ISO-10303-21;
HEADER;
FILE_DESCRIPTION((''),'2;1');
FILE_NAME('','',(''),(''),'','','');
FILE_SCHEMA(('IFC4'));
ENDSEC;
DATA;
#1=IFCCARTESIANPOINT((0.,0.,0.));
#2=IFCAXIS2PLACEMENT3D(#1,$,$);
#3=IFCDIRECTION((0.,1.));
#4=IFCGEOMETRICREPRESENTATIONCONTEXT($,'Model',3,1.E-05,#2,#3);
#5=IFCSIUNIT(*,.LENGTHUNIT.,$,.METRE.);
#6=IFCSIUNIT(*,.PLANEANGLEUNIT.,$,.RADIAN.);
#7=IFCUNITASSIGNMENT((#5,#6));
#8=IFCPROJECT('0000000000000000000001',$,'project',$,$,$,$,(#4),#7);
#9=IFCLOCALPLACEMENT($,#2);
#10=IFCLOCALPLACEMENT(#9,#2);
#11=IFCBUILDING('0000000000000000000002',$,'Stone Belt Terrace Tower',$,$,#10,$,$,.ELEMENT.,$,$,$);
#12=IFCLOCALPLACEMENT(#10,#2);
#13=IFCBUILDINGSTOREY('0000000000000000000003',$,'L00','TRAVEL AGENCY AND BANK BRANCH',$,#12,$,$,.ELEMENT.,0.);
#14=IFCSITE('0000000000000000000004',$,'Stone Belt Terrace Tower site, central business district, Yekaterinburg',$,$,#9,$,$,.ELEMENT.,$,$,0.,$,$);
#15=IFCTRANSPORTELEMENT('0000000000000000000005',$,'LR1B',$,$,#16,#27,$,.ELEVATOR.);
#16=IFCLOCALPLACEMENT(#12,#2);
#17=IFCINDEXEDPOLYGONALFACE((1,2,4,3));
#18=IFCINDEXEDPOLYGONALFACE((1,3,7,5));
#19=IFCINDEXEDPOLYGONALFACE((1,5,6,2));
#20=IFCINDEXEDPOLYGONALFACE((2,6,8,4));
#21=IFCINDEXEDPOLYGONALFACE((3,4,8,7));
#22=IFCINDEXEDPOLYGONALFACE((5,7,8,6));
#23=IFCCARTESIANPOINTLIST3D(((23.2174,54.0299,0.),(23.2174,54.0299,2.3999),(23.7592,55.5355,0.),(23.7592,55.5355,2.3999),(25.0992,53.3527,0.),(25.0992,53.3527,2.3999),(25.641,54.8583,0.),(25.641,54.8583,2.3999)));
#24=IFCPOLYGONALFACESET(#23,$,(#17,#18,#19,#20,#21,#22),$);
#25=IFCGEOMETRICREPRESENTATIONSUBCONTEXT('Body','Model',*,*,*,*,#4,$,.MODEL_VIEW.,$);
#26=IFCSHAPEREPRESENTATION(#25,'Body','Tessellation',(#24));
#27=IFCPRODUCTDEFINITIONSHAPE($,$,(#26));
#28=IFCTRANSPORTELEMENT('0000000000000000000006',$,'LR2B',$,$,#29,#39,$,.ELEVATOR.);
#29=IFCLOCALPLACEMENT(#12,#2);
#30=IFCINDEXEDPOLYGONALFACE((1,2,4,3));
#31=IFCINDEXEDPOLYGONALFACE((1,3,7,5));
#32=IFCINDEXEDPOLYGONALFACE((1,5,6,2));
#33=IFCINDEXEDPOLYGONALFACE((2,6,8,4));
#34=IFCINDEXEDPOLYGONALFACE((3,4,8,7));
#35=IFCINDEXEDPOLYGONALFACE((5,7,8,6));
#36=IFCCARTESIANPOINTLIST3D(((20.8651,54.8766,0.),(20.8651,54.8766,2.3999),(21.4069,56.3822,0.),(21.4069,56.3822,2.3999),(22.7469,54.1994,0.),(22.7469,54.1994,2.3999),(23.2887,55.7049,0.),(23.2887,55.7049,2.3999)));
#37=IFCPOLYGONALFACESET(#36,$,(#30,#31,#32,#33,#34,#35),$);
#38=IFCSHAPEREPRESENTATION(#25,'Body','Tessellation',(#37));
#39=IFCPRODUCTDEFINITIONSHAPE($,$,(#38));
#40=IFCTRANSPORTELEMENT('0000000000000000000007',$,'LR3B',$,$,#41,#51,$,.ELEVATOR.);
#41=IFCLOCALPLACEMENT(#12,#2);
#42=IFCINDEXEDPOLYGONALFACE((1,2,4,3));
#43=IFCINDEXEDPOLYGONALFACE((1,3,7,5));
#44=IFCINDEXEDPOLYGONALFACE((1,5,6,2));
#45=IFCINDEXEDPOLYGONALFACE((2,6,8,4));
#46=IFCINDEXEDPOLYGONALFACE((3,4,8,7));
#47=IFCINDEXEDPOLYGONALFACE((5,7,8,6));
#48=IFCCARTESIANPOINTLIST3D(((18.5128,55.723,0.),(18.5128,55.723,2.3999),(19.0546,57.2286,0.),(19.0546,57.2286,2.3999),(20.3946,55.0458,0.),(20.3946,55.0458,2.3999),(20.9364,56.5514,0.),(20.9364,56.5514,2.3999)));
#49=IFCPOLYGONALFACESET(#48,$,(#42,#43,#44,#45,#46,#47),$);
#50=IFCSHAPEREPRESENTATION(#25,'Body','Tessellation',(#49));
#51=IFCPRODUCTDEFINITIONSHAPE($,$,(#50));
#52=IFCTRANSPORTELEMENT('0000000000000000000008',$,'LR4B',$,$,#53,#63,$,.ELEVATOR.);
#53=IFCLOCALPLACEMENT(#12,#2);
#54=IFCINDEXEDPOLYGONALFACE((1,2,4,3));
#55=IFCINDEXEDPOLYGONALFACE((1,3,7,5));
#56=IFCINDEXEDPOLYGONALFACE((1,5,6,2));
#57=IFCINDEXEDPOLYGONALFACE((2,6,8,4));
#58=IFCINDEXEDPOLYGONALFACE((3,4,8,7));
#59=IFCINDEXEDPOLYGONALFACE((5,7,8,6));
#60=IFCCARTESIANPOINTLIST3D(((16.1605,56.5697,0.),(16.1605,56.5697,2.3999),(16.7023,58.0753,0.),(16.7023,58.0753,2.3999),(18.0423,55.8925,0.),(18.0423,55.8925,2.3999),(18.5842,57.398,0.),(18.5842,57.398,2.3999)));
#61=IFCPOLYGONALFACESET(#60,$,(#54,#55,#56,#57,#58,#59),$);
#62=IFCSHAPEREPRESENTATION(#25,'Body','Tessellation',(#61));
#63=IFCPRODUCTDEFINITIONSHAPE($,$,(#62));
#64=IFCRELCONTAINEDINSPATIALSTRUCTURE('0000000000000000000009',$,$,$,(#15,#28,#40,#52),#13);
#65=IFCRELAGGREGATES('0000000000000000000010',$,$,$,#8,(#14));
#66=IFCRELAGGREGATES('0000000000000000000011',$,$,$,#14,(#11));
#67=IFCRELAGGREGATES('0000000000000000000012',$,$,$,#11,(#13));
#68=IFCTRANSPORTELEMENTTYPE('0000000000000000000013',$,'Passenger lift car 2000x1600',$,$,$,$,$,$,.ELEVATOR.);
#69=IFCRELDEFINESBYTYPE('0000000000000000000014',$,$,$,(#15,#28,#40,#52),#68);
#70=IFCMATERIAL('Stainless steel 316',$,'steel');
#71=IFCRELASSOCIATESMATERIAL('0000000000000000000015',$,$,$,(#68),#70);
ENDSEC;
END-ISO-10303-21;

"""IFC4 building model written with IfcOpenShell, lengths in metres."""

from ifc_helpers import new_model, si_unit, direction, frame, origin, origin_2d, place, context, subcontext, project, spatial, rectangle, extrude, material, type_object, element, save


model = new_model("IFC4")

# Units and contexts
model_context = context("Model", 3, precision=1e-05, world=origin(), true_north=direction((0.0, 1.0)))
body_context = subcontext(model_context, "Body", "Model", "MODEL_VIEW")
ifc_project = project(units=[si_unit("LENGTHUNIT", "METRE"), si_unit("PLANEANGLEUNIT", "RADIAN")], contexts=[model_context])

# Site, building, storey
site_placement = place(None, origin())
site = spatial("IfcSite", under=ifc_project, at=site_placement, Name="Stone Belt Terrace Tower site, central business district, Yekaterinburg", CompositionType="ELEMENT", RefElevation=0.0)
building_placement = place(site_placement, origin())
building = spatial("IfcBuilding", under=site, at=building_placement, Name="Stone Belt Terrace Tower", CompositionType="ELEMENT")
storey_placement = place(building_placement, origin())
storey = spatial("IfcBuildingStorey", under=building, at=storey_placement, Name="L00", Description="TRAVEL AGENCY AND BANK BRANCH", CompositionType="ELEMENT", Elevation=0.0)

# Transport elements
ifc_material_1 = material(Name="Stainless steel 316", Category="steel")
transport_element_type = type_object("IfcTransportElementType", Name="Passenger lift car 2000x1600", PredefinedType="ELEVATOR", material=ifc_material_1)
for number, where, z_axis, x_axis, name in (
    (1, (24.4292, 54.4441, 0.0), (0.0, 0.0, 1.0), (-0.940922, 0.338625, 0.0), "LR1B"),
    (2, (22.0769, 55.2908, 0.0), (0.0, 0.0, 1.0), (-0.940922, 0.338625, 0.0), "LR2B"),
    (3, (19.7246, 56.1372, 0.0), (0.0, 0.0, 1.0), (-0.940922, 0.338625, 0.0), "LR3B"),
    (4, (17.3723, 56.9839, 0.0), (0.0, 0.0, 1.0), (-0.940922, 0.338625, 0.0), "LR4B"),
):
    element("IfcTransportElement", number, at=place(storey_placement, frame(where, z_axis=z_axis, x_axis=x_axis)), inside=storey, type_object=transport_element_type, Name=name, PredefinedType="ELEVATOR", context=body_context, shape_type="SweptSolid", body=[
        extrude(rectangle(XDim=2.0, YDim=1.6001, at=origin_2d()), origin(), (0.0, 0.0, 1.0), 2.3999),
    ])

save(model, "model.ifc")
